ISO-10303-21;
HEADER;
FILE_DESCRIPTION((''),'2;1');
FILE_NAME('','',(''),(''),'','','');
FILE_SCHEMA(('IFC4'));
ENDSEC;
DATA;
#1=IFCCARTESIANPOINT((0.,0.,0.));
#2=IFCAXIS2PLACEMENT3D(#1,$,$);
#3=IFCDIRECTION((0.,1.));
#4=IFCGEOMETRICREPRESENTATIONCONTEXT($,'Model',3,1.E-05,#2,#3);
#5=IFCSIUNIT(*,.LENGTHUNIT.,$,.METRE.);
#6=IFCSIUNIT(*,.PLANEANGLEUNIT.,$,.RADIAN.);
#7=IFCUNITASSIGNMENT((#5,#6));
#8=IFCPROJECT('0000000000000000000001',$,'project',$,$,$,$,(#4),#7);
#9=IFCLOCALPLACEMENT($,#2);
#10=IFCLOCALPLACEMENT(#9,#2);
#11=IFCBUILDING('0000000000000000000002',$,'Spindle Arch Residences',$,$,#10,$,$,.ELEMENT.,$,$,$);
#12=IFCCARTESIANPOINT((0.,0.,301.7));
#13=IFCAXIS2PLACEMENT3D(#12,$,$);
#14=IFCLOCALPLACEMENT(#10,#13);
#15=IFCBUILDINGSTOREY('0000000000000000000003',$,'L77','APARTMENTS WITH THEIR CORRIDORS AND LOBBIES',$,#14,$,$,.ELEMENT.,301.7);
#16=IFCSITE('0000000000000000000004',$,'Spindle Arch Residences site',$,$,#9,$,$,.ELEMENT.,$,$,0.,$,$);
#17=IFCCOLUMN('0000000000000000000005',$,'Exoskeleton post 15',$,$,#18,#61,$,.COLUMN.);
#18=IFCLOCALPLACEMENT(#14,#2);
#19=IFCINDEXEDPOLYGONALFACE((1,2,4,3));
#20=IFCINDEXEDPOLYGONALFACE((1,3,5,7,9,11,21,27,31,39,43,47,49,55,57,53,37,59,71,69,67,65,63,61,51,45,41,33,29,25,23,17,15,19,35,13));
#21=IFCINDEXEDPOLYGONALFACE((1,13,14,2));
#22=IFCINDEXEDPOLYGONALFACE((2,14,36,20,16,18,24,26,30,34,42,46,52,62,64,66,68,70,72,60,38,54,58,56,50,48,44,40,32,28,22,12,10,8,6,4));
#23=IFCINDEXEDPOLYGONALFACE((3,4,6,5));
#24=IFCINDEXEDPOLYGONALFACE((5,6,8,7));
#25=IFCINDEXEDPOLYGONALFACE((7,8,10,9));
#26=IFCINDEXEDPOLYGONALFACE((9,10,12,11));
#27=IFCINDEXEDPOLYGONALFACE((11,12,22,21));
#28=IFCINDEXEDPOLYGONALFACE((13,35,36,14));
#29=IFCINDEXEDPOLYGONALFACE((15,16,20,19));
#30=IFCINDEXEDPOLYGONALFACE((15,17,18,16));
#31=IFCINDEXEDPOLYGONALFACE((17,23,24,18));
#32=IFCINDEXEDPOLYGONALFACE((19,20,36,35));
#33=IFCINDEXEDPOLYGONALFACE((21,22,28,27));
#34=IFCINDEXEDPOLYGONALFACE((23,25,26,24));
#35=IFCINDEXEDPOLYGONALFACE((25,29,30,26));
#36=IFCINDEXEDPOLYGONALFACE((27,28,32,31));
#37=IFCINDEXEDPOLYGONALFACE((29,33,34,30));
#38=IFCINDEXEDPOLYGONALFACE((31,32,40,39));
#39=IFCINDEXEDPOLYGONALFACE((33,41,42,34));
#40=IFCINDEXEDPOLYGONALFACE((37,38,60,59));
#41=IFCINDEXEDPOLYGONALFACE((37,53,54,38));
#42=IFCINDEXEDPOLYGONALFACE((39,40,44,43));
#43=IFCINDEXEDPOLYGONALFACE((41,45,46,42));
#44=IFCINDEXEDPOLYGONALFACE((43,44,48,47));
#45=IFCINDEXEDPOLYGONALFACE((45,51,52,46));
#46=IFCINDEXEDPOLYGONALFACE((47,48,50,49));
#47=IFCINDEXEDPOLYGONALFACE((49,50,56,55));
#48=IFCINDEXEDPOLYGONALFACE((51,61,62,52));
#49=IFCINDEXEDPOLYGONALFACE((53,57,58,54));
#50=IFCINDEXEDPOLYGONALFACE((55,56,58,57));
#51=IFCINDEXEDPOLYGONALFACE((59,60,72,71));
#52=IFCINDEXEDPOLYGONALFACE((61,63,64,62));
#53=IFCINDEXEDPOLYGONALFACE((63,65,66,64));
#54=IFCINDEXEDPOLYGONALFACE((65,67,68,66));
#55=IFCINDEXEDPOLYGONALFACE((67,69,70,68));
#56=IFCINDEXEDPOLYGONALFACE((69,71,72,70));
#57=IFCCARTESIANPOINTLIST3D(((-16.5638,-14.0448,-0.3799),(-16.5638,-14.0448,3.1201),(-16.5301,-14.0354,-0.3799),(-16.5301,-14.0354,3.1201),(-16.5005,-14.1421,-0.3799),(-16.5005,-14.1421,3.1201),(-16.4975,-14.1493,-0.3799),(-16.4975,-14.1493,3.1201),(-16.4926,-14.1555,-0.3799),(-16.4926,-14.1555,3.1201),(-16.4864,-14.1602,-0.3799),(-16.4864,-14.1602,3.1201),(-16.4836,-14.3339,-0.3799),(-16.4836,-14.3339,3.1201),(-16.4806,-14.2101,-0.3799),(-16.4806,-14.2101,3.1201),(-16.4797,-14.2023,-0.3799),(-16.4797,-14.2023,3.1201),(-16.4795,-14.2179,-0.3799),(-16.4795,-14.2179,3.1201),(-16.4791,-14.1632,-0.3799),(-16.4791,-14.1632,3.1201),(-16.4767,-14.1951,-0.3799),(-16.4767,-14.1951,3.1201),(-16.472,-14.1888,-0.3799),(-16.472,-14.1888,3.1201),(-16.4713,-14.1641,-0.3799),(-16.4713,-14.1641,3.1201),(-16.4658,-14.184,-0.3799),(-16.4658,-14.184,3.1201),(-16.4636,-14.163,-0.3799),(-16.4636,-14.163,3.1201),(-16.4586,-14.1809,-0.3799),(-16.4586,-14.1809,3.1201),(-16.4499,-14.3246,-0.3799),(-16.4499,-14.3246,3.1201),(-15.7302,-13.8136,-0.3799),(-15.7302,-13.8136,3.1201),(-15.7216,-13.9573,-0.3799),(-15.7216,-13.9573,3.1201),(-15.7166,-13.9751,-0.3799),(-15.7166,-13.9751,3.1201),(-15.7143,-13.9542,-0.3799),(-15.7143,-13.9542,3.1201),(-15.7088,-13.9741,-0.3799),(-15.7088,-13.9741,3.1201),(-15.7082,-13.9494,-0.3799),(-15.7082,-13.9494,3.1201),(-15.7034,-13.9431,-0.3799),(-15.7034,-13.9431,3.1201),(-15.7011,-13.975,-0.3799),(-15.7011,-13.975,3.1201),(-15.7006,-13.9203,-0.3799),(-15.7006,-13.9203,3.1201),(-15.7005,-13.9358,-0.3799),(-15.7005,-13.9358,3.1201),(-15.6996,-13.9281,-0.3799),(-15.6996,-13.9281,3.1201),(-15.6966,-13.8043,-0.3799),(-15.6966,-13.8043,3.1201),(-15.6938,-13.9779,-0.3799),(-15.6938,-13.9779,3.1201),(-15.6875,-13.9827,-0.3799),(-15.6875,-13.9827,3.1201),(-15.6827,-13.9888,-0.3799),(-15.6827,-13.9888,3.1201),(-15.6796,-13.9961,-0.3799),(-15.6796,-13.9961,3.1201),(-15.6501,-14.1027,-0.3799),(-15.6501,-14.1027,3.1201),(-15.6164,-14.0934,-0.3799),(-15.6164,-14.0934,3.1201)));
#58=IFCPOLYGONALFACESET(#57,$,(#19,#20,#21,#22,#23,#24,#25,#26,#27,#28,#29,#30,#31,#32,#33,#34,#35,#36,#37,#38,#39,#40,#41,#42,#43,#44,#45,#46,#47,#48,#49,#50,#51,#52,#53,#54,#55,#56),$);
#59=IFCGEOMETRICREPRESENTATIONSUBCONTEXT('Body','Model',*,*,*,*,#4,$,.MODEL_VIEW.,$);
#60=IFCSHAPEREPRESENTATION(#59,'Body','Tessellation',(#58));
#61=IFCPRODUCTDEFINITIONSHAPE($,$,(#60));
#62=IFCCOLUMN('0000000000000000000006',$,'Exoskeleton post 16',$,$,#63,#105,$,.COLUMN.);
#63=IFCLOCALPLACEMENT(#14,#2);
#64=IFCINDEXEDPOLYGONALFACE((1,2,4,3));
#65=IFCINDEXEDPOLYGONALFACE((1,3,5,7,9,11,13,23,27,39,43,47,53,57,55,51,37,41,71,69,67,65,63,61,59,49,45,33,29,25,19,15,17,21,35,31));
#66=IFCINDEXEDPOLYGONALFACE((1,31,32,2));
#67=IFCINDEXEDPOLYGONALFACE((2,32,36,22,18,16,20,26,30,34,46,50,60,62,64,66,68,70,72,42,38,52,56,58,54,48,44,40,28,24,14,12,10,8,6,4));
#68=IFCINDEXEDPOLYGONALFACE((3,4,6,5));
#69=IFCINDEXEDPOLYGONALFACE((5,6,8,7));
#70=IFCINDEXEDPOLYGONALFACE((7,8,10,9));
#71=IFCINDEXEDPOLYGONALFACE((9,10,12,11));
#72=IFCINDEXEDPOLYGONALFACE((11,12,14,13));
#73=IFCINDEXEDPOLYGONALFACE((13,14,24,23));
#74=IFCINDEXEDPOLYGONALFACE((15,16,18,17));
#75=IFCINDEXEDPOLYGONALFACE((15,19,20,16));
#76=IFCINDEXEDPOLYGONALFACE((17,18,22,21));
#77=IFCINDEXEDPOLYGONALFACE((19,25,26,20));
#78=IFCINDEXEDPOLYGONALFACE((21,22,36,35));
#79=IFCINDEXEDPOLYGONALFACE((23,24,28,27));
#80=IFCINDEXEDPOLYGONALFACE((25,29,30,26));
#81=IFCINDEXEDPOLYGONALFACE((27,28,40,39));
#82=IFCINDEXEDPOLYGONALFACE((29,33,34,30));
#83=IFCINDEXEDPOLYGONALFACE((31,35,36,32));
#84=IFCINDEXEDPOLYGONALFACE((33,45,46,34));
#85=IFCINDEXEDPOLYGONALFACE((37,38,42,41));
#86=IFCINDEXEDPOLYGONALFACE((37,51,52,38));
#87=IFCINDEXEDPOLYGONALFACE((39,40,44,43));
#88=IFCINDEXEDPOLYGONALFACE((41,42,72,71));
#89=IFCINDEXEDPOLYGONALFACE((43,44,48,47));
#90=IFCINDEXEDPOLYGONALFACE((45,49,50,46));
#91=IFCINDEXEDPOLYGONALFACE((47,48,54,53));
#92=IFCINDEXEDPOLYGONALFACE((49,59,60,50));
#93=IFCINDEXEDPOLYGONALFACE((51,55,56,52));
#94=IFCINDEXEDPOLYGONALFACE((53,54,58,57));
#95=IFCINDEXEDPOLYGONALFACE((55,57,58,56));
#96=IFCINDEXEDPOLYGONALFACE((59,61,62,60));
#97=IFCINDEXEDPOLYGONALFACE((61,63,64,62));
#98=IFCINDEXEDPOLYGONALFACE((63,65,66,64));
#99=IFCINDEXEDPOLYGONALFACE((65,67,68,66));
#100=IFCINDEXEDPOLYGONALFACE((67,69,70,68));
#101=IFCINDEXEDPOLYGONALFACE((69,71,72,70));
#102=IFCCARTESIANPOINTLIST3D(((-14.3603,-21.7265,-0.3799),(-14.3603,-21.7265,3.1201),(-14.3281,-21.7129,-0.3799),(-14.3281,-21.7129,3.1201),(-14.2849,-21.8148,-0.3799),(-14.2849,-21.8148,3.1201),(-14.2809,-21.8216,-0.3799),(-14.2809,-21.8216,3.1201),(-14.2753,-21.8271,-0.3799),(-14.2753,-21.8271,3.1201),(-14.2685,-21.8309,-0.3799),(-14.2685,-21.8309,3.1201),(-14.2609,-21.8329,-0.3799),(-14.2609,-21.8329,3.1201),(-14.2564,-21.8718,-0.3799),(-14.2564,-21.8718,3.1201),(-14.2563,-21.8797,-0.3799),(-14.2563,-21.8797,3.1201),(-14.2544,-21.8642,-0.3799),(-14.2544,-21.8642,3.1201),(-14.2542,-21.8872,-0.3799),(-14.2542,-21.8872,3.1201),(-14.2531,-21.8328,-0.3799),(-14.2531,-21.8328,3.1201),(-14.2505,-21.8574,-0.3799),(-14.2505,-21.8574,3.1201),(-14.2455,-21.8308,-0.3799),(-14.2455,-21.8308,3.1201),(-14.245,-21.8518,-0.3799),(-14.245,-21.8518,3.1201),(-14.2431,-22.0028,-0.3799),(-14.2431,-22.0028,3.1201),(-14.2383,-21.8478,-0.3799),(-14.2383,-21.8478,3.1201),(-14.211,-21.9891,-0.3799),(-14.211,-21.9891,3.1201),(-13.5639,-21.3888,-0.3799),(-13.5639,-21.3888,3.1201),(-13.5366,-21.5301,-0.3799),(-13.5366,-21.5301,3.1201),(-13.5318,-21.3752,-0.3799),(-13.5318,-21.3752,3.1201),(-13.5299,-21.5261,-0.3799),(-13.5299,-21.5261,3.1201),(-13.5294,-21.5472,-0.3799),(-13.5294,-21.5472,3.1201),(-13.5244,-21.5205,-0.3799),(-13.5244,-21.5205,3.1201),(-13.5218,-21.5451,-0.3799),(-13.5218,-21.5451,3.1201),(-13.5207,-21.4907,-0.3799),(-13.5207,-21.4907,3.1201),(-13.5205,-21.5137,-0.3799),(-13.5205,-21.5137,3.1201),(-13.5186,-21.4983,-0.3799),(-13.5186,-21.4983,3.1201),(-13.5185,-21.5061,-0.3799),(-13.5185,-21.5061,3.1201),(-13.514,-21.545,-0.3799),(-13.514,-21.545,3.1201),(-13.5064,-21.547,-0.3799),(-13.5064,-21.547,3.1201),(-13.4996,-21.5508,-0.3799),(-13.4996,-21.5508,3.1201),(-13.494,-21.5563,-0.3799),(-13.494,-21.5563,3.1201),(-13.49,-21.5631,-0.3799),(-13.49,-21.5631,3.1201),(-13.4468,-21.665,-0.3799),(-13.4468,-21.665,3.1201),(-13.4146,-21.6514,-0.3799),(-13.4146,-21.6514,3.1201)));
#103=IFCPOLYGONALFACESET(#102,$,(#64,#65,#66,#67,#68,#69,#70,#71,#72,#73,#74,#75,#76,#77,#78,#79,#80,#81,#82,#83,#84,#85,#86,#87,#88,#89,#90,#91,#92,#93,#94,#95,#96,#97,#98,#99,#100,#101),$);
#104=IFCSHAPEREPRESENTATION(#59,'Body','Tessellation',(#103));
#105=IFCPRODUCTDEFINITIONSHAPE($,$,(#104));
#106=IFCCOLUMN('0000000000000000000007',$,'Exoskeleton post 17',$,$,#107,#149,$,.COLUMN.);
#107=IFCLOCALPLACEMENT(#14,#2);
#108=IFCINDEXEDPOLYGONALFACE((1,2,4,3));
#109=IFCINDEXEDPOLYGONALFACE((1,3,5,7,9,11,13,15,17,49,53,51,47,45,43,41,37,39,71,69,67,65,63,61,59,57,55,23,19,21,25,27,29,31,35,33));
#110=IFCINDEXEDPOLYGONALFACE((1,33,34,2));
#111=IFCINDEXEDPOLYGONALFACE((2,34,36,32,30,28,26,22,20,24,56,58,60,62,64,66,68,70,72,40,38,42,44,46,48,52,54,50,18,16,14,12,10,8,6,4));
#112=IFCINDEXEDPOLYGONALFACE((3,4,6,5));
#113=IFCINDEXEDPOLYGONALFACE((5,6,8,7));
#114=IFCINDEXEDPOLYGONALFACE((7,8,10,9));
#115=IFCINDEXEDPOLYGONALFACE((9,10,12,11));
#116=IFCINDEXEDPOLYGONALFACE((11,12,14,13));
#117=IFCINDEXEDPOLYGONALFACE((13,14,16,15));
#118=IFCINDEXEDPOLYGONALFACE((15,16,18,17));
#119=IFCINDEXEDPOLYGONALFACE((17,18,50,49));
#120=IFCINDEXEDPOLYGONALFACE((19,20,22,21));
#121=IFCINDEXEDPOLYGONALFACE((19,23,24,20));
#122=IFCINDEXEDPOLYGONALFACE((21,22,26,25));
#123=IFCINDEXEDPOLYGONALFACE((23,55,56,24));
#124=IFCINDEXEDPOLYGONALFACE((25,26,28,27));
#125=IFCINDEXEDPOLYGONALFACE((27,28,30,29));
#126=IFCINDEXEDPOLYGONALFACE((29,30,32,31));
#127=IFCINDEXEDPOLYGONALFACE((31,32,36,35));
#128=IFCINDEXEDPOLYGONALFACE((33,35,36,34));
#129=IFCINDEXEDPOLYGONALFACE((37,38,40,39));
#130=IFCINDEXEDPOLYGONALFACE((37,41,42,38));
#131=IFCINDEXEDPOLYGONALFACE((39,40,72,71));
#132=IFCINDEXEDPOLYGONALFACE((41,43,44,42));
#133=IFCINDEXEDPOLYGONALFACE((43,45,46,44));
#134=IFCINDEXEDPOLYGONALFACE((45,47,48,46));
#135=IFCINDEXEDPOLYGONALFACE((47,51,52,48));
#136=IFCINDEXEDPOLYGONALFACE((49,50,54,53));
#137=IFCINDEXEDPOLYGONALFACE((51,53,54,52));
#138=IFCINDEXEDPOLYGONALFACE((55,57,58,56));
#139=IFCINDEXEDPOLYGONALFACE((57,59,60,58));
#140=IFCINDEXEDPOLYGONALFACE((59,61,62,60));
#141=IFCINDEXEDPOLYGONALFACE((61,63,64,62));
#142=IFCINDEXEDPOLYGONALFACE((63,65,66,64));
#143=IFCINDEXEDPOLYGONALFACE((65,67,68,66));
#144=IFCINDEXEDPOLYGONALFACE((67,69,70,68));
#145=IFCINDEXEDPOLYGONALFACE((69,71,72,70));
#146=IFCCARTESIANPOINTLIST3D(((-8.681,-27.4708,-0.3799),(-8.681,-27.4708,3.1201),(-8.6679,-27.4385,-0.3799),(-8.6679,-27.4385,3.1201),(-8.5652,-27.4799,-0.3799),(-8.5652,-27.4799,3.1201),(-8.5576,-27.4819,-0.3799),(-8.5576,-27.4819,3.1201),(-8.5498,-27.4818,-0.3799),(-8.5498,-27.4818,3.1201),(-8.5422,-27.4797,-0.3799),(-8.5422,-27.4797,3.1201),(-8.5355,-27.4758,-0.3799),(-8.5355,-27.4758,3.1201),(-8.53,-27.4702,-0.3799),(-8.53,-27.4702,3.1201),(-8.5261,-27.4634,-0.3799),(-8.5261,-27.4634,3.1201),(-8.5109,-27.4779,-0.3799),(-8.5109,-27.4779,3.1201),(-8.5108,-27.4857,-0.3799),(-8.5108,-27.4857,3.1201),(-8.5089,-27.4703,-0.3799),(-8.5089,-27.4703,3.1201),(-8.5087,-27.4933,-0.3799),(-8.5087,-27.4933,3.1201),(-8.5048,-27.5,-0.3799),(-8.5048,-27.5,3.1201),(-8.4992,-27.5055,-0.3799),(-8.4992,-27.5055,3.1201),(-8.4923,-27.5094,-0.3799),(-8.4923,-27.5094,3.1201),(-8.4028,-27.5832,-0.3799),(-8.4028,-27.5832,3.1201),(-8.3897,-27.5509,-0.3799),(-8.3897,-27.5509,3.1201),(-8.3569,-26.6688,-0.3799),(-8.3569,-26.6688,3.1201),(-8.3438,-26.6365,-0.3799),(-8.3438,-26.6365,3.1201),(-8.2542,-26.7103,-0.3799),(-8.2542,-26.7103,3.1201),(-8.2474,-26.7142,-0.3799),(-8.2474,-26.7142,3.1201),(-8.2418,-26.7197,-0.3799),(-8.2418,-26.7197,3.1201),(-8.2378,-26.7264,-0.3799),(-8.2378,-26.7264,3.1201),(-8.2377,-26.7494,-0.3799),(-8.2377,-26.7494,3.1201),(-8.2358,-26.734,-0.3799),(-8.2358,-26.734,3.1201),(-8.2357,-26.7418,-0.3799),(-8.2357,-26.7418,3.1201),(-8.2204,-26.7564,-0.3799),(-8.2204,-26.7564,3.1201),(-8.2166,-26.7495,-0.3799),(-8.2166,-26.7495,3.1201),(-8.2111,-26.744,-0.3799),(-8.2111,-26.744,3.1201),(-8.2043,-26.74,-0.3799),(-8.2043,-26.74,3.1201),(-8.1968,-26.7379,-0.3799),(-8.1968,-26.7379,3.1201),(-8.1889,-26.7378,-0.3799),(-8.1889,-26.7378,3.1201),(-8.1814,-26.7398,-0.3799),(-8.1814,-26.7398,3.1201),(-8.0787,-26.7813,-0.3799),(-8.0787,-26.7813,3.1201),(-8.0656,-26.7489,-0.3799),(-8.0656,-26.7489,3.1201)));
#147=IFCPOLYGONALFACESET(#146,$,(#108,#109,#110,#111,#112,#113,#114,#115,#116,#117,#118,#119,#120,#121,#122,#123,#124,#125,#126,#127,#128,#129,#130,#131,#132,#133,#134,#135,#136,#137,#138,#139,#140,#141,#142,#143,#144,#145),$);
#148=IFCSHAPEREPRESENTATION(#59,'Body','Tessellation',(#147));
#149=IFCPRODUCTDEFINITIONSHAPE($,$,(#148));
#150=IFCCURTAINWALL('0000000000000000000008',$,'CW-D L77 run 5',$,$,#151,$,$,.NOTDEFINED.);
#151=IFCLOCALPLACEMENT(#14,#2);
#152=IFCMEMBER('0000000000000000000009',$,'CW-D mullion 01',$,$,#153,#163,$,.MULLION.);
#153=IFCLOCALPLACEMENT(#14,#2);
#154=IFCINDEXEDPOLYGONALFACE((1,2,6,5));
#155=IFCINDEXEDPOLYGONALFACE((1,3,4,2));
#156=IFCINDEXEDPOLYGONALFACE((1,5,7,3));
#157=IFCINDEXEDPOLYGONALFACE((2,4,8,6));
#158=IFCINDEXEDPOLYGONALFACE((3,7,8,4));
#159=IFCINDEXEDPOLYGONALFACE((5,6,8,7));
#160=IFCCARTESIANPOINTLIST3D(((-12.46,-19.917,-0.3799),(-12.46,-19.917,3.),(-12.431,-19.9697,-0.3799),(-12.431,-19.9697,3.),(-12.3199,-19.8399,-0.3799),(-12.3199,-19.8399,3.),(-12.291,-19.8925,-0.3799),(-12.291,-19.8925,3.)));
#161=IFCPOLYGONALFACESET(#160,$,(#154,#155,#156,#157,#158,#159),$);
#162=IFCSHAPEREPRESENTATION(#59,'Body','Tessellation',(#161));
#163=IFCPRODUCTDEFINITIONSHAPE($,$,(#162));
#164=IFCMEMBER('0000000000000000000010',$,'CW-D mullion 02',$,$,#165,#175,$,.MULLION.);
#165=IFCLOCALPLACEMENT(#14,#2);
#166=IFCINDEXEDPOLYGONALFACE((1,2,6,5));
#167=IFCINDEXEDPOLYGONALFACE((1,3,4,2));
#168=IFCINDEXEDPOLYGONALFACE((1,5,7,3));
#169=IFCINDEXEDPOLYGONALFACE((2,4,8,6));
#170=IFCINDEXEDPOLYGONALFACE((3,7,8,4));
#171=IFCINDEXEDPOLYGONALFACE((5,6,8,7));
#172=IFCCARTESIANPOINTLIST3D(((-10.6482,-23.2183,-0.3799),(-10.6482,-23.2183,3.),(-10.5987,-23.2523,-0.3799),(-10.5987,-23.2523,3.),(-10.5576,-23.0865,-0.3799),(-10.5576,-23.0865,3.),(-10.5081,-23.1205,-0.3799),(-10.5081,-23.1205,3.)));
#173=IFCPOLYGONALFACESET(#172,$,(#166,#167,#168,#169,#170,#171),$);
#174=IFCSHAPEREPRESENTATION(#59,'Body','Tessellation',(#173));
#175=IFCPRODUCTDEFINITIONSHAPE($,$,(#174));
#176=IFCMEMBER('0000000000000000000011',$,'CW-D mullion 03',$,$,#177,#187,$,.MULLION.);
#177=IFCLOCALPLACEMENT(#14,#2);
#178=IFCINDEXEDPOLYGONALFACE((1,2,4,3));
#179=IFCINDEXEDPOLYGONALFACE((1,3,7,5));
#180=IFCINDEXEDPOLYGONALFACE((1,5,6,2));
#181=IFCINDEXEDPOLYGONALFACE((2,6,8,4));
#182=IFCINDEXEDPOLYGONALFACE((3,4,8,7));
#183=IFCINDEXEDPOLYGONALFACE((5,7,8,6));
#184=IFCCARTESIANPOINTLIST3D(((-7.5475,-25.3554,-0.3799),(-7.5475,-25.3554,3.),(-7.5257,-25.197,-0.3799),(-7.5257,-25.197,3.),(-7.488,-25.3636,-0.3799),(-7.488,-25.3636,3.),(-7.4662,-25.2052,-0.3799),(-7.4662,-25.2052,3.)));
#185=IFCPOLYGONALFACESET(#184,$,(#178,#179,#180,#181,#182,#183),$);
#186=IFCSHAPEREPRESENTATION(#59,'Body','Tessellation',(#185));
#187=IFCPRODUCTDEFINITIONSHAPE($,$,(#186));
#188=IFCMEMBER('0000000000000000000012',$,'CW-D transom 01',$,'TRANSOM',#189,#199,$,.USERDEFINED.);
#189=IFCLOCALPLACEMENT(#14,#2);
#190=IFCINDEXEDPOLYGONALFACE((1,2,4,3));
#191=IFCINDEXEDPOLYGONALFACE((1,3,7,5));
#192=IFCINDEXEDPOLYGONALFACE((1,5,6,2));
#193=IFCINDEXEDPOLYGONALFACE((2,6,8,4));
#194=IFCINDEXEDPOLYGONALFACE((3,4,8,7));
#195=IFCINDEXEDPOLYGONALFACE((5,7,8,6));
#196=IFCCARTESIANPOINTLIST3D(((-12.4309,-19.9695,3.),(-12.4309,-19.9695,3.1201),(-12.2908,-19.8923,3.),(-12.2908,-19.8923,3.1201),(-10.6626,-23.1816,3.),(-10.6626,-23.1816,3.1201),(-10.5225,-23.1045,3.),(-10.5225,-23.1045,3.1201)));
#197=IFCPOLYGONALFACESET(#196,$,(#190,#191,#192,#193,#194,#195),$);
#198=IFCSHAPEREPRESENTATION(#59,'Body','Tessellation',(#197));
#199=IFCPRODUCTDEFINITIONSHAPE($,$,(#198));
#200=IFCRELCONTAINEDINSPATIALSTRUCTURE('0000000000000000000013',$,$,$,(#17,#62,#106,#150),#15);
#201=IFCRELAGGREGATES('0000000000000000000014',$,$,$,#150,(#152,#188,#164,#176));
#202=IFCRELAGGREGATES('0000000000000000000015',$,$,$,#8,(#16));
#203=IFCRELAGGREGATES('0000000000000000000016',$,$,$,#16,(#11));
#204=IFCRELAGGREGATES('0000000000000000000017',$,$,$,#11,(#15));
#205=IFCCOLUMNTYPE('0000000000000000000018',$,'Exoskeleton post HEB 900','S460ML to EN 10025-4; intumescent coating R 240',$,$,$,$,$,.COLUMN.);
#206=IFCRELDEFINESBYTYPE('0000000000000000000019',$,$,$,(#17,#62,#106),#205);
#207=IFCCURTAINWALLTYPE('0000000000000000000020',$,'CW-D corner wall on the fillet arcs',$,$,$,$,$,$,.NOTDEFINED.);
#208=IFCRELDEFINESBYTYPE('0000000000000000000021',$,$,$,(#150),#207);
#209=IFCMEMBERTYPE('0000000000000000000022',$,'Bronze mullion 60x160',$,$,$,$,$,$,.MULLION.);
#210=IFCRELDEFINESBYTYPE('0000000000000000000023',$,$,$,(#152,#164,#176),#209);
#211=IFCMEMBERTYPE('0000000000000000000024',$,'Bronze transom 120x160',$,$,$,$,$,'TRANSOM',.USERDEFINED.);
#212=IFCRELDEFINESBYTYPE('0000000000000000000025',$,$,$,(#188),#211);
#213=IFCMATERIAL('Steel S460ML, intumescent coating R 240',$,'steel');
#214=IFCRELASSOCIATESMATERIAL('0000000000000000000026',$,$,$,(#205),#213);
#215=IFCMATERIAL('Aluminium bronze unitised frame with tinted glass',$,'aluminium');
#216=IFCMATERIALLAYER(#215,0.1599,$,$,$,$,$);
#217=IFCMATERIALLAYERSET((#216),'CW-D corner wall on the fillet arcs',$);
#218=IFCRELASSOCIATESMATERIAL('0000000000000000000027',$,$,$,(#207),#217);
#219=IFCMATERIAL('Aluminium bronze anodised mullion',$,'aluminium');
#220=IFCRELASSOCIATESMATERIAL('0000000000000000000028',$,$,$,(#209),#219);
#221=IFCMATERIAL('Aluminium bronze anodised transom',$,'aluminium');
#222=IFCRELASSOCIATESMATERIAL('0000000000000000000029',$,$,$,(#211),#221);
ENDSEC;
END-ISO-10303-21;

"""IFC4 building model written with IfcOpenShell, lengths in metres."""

from ifc_helpers import new_model, si_unit, direction, frame, origin, origin_2d, place, context, subcontext, project, spatial, rectangle, i_section, extrude, material, layer, layer_set, material_profile, profile_set, type_object, element, aggregate, save


model = new_model("IFC4")

# Units and contexts
model_context = context("Model", 3, precision=1e-05, world=origin(), true_north=direction((0.0, 1.0)))
body_context = subcontext(model_context, "Body", "Model", "MODEL_VIEW")
ifc_project = project(units=[si_unit("LENGTHUNIT", "METRE"), si_unit("PLANEANGLEUNIT", "RADIAN")], contexts=[model_context])

# Site, building, storey
site_placement = place(None, origin())
site = spatial("IfcSite", under=ifc_project, at=site_placement, Name="Spindle Arch Residences site", CompositionType="ELEMENT", RefElevation=0.0)
building_placement = place(site_placement, origin())
building = spatial("IfcBuilding", under=site, at=building_placement, Name="Spindle Arch Residences", CompositionType="ELEMENT")
storey_placement = place(building_placement, frame((0.0, 0.0, 301.7)))
storey = spatial("IfcBuildingStorey", under=building, at=storey_placement, Name="L77", Description="APARTMENTS WITH THEIR CORRIDORS AND LOBBIES", CompositionType="ELEMENT", Elevation=301.7)

# Columns
ifc_material_1 = material(Name="Steel S460ML, intumescent coating R 240", Category="steel")
ifc_material_profile_1 = material_profile(ifc_material_1, i_section(OverallWidth=0.3, OverallDepth=0.8999, WebThickness=0.0186, FlangeThickness=0.0349, FilletRadius=0.03, at=origin_2d()), Name="HEB 900")
ifc_profile_set_1 = profile_set([ifc_material_profile_1], Name="Steel S460ML, intumescent coating R 240")
column_type = type_object("IfcColumnType", Name="Exoskeleton post HEB 900", Description="S460ML to EN 10025-4; intumescent coating R 240", PredefinedType="COLUMN", material=ifc_profile_set_1)
for number, where, z_axis, x_axis, name in (
    (1, (-16.0901, -14.0691, -0.3799), (0.0, 0.0, 1.0), (-0.267238, 0.963631, 0.0), "Exoskeleton post 15"),
    (2, (-13.8875, -21.689, -0.3799), (0.0, 0.0, 1.0), (-0.390458, 0.920621, 0.0), "Exoskeleton post 16"),
    (3, (-8.3733, -27.1099, -0.3799), (0.0, 0.0, 1.0), (-0.927168, 0.374646, 0.0), "Exoskeleton post 17"),
):
    element("IfcColumn", number, at=place(storey_placement, frame(where, z_axis=z_axis, x_axis=x_axis)), inside=storey, type_object=column_type, Name=name, PredefinedType="COLUMN", context=body_context, shape_type="SweptSolid", body=[
        extrude(i_section(OverallWidth=0.3, OverallDepth=0.8999, WebThickness=0.0186, FlangeThickness=0.0349, FilletRadius=0.03, at=origin_2d()), origin(), (0.0, 0.0, 1.0), 3.5),
    ])

# Curtain wall, members
ifc_material_2 = material(Name="Aluminium bronze unitised frame with tinted glass", Category="aluminium")
ifc_layer_1 = layer(ifc_material_2, 0.1599)
ifc_layer_set_1 = layer_set([ifc_layer_1], Name="CW-D corner wall on the fillet arcs")
curtain_wall_type = type_object("IfcCurtainWallType", Name="CW-D corner wall on the fillet arcs", PredefinedType="NOTDEFINED", material=ifc_layer_set_1)
curtain_wall_placement = place(storey_placement, origin())
curtain_wall = element("IfcCurtainWall", 4, at=curtain_wall_placement, inside=storey, type_object=curtain_wall_type, Name="CW-D L77 run 5", PredefinedType="NOTDEFINED")
ifc_material_3 = material(Name="Aluminium bronze anodised mullion", Category="aluminium")
ifc_material_profile_2 = material_profile(ifc_material_3, rectangle(XDim=0.1599, YDim=0.0601, at=origin_2d()), Name="MU 60x160")
ifc_profile_set_2 = profile_set([ifc_material_profile_2], Name="Aluminium bronze anodised mullion")
member_type_1 = type_object("IfcMemberType", Name="Bronze mullion 60x160", PredefinedType="MULLION", material=ifc_profile_set_2)
member_1_placement = place(storey_placement, frame((-12.3755, -19.9048, -0.3799), z_axis=(0.0, 0.0, 1.0), x_axis=(0.876026, 0.482263, 0.0)))
member_1 = element("IfcMember", 5, at=member_1_placement, type_object=member_type_1, Name="CW-D mullion 01", PredefinedType="MULLION", context=body_context, shape_type="SweptSolid", body=[
    extrude(rectangle(XDim=0.1599, YDim=0.0601, at=origin_2d()), origin(), (0.0, 0.0, 1.0), 3.3799),
])
member_2_placement = place(storey_placement, frame((-10.5781, -23.1694, -0.3799), z_axis=(0.0, 0.0, 1.0), x_axis=(0.566406, 0.824126, 0.0)))
member_2 = element("IfcMember", 6, at=member_2_placement, type_object=member_type_1, Name="CW-D mullion 02", PredefinedType="MULLION", context=body_context, shape_type="SweptSolid", body=[
    extrude(rectangle(XDim=0.1599, YDim=0.0601, at=origin_2d()), origin(), (0.0, 0.0, 1.0), 3.3799),
])
member_3_placement = place(storey_placement, frame((-7.5068, -25.2803, -0.3799), z_axis=(0.0, 0.0, 1.0), x_axis=(0.136292, 0.990669, 0.0)))
member_3 = element("IfcMember", 7, at=member_3_placement, type_object=member_type_1, Name="CW-D mullion 03", PredefinedType="MULLION", context=body_context, shape_type="SweptSolid", body=[
    extrude(rectangle(XDim=0.1599, YDim=0.0601, at=origin_2d()), origin(), (0.0, 0.0, 1.0), 3.3799),
])
ifc_material_4 = material(Name="Aluminium bronze anodised transom", Category="aluminium")
ifc_material_profile_3 = material_profile(ifc_material_4, rectangle(XDim=0.1599, YDim=0.1201, at=origin_2d()), Name="TR 120x160")
ifc_profile_set_3 = profile_set([ifc_material_profile_3], Name="Aluminium bronze anodised transom")
member_type_2 = type_object("IfcMemberType", Name="Bronze transom 120x160", ElementType="TRANSOM", PredefinedType="USERDEFINED", material=ifc_profile_set_3)
member_4_placement = place(storey_placement, frame((-12.3608, -19.9309, 3.0601), z_axis=(0.482259, -0.876029, 0.0), x_axis=(0.876029, 0.482259, 0.0)))
member_4 = element("IfcMember", 8, at=member_4_placement, type_object=member_type_2, Name="CW-D transom 01", ObjectType="TRANSOM", PredefinedType="USERDEFINED", context=body_context, shape_type="SweptSolid", body=[
    extrude(rectangle(XDim=0.1599, YDim=0.1201, at=origin_2d()), origin(), (0.0, 0.0, 1.0), 3.6667),
])

aggregate(curtain_wall, [member_1, member_4, member_2, member_3])

save(model, "model.ifc")
